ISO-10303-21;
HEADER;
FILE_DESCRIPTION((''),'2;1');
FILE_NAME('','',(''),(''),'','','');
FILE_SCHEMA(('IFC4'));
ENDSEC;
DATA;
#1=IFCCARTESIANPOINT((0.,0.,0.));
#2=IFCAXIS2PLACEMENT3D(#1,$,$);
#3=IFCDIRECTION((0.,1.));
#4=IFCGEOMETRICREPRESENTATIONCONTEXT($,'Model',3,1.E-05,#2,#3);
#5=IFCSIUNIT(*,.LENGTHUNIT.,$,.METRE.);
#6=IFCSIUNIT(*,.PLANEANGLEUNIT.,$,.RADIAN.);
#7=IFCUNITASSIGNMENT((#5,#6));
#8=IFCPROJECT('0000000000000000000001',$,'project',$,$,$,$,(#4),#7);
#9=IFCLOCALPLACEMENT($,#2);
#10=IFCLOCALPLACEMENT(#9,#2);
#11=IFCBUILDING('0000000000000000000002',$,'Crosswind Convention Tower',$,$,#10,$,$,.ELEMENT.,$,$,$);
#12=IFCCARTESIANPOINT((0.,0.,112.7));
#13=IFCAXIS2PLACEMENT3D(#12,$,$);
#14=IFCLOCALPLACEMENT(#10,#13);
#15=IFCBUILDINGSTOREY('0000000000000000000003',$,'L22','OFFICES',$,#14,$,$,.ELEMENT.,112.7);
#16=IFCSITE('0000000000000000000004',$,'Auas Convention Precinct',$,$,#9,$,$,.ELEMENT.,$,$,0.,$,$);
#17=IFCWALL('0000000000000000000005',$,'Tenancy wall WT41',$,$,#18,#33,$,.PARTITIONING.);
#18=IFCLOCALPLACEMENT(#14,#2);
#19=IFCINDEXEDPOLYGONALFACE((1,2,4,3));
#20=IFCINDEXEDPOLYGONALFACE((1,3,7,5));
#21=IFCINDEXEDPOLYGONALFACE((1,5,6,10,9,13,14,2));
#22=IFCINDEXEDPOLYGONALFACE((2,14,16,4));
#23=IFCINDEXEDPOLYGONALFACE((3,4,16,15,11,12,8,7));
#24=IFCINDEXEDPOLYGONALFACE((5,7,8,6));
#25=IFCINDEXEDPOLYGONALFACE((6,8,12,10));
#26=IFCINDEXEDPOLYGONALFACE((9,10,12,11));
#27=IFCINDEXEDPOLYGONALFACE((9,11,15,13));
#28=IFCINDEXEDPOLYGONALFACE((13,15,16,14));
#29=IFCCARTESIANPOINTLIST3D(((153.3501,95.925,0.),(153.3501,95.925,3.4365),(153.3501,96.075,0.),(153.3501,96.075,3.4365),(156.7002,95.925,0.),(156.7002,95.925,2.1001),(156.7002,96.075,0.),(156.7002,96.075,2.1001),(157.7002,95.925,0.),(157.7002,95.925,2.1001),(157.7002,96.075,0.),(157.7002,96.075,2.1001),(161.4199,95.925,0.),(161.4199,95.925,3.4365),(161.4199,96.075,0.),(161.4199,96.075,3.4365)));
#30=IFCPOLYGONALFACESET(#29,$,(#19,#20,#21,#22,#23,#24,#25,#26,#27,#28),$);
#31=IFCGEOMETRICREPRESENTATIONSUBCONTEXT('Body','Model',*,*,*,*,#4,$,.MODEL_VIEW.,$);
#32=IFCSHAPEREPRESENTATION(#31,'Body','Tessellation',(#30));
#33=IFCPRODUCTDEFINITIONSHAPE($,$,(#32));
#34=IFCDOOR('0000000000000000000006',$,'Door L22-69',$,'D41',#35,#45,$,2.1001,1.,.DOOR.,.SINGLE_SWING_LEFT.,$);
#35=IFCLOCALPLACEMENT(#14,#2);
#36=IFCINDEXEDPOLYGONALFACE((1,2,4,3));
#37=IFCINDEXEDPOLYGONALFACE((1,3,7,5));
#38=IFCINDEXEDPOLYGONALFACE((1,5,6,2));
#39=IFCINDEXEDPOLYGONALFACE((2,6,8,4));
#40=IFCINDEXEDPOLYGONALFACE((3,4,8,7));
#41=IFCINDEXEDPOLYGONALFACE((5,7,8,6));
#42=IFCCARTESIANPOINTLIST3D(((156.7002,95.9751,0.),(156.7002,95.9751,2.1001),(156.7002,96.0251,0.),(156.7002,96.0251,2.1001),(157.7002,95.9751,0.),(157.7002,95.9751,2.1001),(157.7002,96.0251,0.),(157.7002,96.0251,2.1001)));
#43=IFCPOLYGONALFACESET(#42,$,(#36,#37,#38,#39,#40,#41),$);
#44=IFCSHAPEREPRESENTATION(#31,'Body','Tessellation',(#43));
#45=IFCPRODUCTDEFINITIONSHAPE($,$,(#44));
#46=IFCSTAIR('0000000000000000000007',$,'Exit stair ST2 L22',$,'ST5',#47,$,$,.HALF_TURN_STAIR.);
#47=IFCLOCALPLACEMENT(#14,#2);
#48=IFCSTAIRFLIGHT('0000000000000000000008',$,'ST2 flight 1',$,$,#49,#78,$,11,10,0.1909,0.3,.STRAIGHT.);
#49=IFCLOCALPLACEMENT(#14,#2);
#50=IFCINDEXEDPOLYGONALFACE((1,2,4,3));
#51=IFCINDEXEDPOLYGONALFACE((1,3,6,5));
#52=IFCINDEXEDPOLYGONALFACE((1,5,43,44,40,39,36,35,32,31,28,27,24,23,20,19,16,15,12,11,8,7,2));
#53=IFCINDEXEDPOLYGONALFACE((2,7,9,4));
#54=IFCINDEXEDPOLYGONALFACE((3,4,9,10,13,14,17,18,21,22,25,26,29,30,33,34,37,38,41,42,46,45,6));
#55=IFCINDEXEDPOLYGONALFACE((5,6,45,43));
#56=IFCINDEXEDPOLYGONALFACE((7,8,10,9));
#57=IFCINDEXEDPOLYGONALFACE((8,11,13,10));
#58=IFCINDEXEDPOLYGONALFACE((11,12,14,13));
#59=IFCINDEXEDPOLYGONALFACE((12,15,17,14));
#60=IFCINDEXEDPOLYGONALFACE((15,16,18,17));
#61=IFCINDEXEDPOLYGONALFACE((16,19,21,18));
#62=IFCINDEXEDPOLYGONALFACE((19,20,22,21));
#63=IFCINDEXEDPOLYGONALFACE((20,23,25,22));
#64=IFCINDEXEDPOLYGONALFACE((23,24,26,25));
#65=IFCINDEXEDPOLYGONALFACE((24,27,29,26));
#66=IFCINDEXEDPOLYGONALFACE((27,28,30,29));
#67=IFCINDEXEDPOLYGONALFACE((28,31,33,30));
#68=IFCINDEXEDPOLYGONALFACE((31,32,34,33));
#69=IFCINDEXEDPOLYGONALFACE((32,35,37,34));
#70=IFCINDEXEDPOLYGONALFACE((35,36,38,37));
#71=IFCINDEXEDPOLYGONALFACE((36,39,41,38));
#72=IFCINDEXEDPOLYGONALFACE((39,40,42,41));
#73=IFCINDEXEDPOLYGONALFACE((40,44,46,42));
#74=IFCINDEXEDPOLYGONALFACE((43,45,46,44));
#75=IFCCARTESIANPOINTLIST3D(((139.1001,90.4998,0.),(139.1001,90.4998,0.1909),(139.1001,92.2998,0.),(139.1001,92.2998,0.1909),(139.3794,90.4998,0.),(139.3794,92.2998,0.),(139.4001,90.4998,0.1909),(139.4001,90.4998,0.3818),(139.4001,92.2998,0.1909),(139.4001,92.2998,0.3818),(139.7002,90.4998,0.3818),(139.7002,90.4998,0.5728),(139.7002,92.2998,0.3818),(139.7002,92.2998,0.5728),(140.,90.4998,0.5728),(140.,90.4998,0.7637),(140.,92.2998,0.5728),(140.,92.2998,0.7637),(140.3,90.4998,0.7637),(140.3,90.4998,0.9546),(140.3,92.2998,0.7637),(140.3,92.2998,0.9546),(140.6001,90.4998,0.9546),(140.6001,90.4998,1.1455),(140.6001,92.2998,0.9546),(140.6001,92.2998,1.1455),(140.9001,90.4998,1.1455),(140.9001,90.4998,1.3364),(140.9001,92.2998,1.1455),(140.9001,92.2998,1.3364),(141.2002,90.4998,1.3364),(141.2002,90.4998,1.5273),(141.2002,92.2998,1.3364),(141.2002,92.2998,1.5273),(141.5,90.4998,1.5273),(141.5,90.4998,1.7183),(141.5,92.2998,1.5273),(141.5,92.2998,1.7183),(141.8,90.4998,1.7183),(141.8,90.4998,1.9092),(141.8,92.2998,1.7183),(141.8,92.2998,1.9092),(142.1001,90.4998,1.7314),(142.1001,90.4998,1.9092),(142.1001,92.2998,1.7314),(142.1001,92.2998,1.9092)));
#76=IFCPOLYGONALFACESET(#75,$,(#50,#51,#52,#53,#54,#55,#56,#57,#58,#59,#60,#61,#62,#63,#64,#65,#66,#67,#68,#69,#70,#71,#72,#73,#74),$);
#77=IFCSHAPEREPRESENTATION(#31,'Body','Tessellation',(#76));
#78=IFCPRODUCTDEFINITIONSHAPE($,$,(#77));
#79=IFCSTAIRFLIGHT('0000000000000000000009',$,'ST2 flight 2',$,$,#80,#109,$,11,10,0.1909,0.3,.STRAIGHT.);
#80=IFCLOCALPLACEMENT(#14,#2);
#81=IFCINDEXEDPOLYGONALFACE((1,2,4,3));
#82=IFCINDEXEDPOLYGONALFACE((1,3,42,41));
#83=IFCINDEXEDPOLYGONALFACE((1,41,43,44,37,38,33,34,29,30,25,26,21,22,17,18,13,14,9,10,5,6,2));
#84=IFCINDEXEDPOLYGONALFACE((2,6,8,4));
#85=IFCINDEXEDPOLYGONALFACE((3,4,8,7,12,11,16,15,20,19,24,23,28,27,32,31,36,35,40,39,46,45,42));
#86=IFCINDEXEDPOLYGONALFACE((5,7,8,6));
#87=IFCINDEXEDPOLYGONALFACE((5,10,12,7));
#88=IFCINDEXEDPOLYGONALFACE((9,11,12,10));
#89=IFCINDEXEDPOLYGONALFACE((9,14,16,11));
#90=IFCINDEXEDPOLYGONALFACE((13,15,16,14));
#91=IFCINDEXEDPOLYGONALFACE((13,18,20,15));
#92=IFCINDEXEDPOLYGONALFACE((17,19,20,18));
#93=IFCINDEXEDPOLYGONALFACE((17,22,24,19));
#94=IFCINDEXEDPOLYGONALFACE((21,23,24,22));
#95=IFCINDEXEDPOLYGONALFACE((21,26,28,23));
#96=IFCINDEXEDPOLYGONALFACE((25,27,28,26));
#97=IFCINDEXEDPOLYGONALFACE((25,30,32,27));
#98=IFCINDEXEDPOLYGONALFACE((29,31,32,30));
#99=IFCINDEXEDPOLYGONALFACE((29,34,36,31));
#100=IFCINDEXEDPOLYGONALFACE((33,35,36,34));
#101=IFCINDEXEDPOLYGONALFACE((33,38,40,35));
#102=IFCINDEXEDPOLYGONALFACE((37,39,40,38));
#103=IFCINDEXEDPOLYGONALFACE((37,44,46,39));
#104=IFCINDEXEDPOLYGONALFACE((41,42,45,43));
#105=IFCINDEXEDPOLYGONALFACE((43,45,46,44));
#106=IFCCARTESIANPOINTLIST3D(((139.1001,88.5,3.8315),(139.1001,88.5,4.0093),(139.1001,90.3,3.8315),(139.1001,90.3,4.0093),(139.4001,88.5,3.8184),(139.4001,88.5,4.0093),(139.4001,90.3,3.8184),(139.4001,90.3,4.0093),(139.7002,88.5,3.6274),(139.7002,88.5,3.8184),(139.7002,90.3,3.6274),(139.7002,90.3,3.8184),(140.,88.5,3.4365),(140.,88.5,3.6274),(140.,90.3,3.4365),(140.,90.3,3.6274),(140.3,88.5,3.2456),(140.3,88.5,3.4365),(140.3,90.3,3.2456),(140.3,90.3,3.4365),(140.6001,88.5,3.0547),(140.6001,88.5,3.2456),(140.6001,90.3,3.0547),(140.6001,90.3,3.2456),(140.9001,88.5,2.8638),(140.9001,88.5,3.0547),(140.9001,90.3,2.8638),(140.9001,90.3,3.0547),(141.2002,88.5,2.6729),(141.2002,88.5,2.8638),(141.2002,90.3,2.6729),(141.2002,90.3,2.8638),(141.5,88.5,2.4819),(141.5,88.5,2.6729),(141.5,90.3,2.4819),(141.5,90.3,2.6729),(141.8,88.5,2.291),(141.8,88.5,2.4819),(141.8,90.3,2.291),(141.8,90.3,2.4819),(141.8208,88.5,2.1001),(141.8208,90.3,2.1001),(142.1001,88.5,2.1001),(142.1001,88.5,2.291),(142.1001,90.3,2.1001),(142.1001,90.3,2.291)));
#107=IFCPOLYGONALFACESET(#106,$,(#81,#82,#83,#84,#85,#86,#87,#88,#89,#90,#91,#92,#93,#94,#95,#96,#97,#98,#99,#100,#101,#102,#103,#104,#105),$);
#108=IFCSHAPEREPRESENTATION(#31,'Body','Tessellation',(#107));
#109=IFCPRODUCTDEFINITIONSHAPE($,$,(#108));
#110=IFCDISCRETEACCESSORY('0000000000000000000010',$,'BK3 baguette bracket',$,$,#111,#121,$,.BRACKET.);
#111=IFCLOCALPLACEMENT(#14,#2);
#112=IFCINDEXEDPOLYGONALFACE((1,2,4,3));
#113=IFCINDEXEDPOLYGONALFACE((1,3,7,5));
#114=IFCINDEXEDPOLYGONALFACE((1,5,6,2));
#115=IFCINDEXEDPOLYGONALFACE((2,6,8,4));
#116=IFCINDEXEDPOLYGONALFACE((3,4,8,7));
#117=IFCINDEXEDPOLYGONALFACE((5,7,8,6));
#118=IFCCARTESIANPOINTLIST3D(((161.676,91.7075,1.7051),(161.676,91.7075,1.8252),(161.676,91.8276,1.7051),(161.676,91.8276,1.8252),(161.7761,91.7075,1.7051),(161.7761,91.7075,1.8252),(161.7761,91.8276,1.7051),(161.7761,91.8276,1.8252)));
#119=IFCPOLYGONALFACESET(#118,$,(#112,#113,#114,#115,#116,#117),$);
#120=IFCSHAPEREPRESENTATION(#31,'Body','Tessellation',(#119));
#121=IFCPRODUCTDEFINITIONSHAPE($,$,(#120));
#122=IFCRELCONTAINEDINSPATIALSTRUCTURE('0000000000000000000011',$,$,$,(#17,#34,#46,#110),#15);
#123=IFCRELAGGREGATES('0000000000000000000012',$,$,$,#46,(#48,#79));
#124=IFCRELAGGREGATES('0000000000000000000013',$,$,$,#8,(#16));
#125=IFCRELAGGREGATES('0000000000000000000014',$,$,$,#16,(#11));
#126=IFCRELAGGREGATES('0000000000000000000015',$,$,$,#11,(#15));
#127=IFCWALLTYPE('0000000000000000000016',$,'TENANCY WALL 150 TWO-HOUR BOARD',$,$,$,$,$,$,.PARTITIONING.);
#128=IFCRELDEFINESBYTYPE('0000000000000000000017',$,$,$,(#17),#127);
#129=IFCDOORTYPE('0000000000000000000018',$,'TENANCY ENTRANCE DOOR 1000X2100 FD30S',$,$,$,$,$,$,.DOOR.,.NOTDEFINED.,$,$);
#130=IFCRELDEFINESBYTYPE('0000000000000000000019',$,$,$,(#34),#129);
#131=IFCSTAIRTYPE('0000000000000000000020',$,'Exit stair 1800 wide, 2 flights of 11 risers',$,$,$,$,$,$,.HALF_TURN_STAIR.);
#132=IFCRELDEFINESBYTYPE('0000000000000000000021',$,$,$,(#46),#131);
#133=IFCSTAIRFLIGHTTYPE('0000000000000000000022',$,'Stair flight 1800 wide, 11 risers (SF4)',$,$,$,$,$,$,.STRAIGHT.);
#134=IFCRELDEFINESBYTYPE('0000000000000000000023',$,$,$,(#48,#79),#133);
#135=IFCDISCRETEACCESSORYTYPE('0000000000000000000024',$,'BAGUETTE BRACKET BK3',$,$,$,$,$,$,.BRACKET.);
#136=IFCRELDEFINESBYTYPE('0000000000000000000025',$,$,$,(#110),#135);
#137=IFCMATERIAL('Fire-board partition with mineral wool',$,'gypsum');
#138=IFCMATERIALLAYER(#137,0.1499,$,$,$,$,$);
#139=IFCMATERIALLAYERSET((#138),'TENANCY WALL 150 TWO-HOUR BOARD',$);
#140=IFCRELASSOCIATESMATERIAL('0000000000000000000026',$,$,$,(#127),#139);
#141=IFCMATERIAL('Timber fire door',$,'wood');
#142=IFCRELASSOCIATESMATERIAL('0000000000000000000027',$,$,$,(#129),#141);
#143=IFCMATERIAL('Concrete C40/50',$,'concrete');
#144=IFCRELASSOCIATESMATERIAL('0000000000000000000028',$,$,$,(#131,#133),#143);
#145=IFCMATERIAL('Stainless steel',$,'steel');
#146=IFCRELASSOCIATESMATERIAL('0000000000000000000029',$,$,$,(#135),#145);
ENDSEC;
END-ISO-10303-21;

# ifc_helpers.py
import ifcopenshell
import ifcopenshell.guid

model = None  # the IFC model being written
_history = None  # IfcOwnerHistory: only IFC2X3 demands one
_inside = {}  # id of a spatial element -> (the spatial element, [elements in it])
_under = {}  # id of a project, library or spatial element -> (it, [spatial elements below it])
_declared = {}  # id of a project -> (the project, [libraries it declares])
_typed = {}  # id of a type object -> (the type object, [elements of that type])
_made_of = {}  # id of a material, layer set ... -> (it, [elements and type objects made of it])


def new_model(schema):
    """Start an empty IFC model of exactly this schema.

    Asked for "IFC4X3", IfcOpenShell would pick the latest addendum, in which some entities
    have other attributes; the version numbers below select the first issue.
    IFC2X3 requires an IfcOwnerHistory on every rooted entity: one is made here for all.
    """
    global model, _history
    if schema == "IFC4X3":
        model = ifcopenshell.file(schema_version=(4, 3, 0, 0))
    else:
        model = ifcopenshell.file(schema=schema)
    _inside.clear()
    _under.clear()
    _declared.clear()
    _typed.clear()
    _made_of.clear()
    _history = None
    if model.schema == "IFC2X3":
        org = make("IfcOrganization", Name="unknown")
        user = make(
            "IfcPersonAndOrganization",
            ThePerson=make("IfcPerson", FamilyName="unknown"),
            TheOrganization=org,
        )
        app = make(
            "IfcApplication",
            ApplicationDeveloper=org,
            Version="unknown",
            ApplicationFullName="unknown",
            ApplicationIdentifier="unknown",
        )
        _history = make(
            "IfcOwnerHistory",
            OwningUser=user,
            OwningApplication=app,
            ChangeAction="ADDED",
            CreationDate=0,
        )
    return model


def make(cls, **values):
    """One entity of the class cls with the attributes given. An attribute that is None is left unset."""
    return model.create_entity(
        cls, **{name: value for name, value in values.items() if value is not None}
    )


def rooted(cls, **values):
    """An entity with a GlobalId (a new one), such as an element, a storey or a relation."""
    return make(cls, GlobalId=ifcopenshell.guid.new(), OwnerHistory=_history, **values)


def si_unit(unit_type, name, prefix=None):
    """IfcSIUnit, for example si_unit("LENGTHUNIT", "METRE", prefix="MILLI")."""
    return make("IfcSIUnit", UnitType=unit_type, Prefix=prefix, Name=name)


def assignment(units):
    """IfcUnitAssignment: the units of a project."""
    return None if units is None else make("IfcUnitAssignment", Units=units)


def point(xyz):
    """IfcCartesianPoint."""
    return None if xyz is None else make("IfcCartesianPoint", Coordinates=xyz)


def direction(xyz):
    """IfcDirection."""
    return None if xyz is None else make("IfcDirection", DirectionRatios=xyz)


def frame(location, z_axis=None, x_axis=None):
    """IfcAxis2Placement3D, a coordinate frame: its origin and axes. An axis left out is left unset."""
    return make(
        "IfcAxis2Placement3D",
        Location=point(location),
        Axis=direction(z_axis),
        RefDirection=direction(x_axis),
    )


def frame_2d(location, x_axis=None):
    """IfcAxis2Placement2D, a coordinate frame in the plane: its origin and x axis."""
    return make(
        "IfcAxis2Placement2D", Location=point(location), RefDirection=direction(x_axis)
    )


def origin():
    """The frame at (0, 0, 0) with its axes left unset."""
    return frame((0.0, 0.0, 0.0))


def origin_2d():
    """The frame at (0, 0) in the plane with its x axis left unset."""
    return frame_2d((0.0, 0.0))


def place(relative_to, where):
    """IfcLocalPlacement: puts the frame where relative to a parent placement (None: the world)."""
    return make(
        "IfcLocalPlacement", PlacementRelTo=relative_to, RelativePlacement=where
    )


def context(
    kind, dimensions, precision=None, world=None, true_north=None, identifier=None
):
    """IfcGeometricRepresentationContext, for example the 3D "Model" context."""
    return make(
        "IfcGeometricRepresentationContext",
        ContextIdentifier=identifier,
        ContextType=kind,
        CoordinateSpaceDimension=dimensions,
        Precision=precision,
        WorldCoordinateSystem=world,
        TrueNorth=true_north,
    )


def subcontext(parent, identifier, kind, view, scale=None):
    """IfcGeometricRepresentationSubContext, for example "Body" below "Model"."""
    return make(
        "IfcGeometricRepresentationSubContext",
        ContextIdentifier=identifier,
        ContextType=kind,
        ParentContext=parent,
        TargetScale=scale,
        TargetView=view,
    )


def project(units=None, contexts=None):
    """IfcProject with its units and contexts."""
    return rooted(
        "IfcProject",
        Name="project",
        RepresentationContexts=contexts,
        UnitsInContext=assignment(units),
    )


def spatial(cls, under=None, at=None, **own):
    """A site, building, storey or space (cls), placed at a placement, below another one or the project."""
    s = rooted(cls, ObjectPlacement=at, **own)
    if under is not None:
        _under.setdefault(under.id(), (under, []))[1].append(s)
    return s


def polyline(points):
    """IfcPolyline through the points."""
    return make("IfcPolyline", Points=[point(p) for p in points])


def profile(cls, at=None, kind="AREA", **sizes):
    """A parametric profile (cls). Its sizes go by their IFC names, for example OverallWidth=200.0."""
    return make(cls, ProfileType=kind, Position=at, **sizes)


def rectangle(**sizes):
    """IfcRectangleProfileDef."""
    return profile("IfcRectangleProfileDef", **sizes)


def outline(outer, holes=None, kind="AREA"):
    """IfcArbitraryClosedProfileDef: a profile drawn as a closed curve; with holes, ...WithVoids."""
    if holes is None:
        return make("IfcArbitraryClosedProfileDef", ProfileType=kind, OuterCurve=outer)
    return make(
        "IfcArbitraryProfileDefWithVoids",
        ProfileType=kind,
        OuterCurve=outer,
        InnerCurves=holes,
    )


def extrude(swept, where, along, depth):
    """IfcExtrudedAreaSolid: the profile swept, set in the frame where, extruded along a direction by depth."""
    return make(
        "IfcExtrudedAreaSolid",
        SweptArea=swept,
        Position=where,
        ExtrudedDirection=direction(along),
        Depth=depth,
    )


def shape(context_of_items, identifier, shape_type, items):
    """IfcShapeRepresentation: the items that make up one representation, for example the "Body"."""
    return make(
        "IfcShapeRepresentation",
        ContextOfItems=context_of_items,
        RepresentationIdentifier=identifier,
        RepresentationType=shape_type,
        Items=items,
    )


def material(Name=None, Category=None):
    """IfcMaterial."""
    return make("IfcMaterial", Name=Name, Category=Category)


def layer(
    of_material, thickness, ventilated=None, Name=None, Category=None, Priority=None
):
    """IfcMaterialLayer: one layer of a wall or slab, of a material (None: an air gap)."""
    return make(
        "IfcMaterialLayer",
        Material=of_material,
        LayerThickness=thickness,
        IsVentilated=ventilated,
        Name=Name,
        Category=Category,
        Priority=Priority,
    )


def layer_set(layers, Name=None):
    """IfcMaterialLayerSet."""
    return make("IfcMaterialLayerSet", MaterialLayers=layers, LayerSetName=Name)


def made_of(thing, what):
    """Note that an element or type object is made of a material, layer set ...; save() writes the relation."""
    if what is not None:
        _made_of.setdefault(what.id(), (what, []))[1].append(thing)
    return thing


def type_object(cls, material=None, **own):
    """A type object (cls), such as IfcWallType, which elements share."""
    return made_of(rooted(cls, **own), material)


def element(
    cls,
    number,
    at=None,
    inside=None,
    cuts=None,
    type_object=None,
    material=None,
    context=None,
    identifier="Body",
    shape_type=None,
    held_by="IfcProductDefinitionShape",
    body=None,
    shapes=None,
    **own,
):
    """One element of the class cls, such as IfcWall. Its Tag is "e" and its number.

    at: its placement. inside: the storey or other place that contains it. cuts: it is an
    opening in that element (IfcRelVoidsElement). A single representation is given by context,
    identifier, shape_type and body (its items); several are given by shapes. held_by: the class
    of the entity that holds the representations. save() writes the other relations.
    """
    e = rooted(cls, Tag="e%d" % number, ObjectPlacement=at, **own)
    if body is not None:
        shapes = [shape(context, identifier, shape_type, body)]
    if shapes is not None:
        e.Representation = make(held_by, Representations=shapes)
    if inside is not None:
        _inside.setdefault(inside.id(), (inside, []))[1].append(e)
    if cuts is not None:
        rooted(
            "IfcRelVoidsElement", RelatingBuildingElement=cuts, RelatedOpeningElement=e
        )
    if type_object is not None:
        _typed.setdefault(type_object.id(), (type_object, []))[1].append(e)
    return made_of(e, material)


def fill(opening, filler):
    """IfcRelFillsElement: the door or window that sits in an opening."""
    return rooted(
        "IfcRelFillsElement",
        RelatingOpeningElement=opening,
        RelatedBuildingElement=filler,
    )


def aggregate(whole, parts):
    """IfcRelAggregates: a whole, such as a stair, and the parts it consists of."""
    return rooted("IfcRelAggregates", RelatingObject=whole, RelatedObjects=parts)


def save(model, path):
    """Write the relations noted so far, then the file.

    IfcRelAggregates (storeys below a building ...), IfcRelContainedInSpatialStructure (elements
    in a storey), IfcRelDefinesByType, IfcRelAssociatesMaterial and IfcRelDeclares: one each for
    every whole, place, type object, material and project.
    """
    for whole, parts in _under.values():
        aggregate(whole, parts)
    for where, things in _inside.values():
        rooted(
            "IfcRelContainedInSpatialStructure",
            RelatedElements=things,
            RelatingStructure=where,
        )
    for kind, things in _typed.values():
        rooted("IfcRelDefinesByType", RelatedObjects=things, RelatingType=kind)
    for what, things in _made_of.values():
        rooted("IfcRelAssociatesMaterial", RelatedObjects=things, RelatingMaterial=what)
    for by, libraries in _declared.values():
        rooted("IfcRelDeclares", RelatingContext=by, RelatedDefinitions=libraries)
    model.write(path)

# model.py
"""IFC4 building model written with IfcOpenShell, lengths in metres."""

from ifc_helpers import new_model, si_unit, direction, frame, frame_2d, origin, origin_2d, place, context, subcontext, project, spatial, polyline, rectangle, outline, extrude, material, layer, layer_set, type_object, element, fill, aggregate, save


model = new_model("IFC4")

# Units and contexts
model_context = context("Model", 3, precision=1e-05, world=origin(), true_north=direction((0.0, 1.0)))
body_context = subcontext(model_context, "Body", "Model", "MODEL_VIEW")
ifc_project = project(units=[si_unit("LENGTHUNIT", "METRE"), si_unit("PLANEANGLEUNIT", "RADIAN")], contexts=[model_context])

# Site, building, storey
site_placement = place(None, origin())
site = spatial("IfcSite", under=ifc_project, at=site_placement, Name="Auas Convention Precinct", CompositionType="ELEMENT", RefElevation=0.0)
building_placement = place(site_placement, origin())
building = spatial("IfcBuilding", under=site, at=building_placement, Name="Crosswind Convention Tower", CompositionType="ELEMENT")
storey_placement = place(building_placement, frame((0.0, 0.0, 112.7)))
storey = spatial("IfcBuildingStorey", under=building, at=storey_placement, Name="L22", Description="OFFICES", CompositionType="ELEMENT", Elevation=112.7)

# Wall, opening, door
ifc_material_1 = material(Name="Fire-board partition with mineral wool", Category="gypsum")
ifc_layer_1 = layer(ifc_material_1, 0.1499)
ifc_layer_set_1 = layer_set([ifc_layer_1], Name="TENANCY WALL 150 TWO-HOUR BOARD")
wall_type_1 = type_object("IfcWallType", Name="TENANCY WALL 150 TWO-HOUR BOARD", PredefinedType="PARTITIONING", material=ifc_layer_set_1)
wall_1_placement = place(storey_placement, frame((153.3501, 96.0, 0.0), z_axis=(0.0, 0.0, 1.0), x_axis=(1.0, 0.0, 0.0)))
wall_1 = element("IfcWall", 1, at=wall_1_placement, inside=storey, type_object=wall_type_1, Name="Tenancy wall WT41", PredefinedType="PARTITIONING", context=body_context, shape_type="SweptSolid", body=[
    extrude(rectangle(XDim=8.0698, YDim=0.1499, at=frame_2d((4.0349, 0.0))), origin(), (0.0, 0.0, 1.0), 3.4365),
])
opening_1_placement = place(wall_1_placement, frame((3.3501, 0.0, 0.0)))
opening_1 = element("IfcOpeningElement", 2, at=opening_1_placement, cuts=wall_1, PredefinedType="OPENING", context=body_context, shape_type="SweptSolid", body=[
    extrude(rectangle(XDim=1.0, YDim=2.1001, at=frame_2d((0.5, 1.05))), frame((0.0, 0.085, 0.0), z_axis=(0.0, -1.0, 0.0), x_axis=(1.0, 0.0, 0.0)), (0.0, 0.0, 1.0), 0.1699),
])
ifc_material_2 = material(Name="Timber fire door", Category="wood")
door_type_1 = type_object("IfcDoorType", Name="TENANCY ENTRANCE DOOR 1000X2100 FD30S", OperationType="NOTDEFINED", PredefinedType="DOOR", material=ifc_material_2)
door_1_placement = place(opening_1_placement, frame((1.0, 0.0, 0.0), z_axis=(0.0, 0.0, 1.0), x_axis=(-1.0, 0.0, 0.0)))
door_1 = element("IfcDoor", 3, at=door_1_placement, inside=storey, type_object=door_type_1, Name="Door L22-69", ObjectType="D41", OperationType="SINGLE_SWING_LEFT", OverallHeight=2.1001, OverallWidth=1.0, PredefinedType="DOOR", context=body_context, shape_type="SweptSolid", body=[
    extrude(rectangle(XDim=1.0, YDim=2.1001, at=frame_2d((0.5, 1.05))), frame((0.0, 0.0249, 0.0), z_axis=(0.0, -1.0, 0.0), x_axis=(1.0, 0.0, 0.0)), (0.0, 0.0, 1.0), 0.05),
])
fill(opening_1, door_1)

# Stair, stair flights
ifc_material_3 = material(Name="Concrete C40/50", Category="concrete")
stair_type = type_object("IfcStairType", Name="Exit stair 1800 wide, 2 flights of 11 risers", PredefinedType="HALF_TURN_STAIR", material=ifc_material_3)
stair_placement = place(storey_placement, origin())
stair = element("IfcStair", 4, at=stair_placement, inside=storey, type_object=stair_type, Name="Exit stair ST2 L22", ObjectType="ST5", PredefinedType="HALF_TURN_STAIR")
stair_flight_type = type_object("IfcStairFlightType", Name="Stair flight 1800 wide, 11 risers (SF4)", PredefinedType="STRAIGHT", material=ifc_material_3)
stair_flight_1_placement = place(storey_placement, frame((139.1001, 91.3999, 0.0), z_axis=(0.0, 0.0, 1.0), x_axis=(1.0, 0.0, 0.0)))
stair_flight_1 = element("IfcStairFlight", 5, at=stair_flight_1_placement, type_object=stair_flight_type, Name="ST2 flight 1", NumberOfRisers=11, NumberOfTreads=10, PredefinedType="STRAIGHT", RiserHeight=0.1909, TreadLength=0.3, context=body_context, shape_type="SweptSolid", body=[
    extrude(outline(polyline([(0.0, 0.0), (0.0, 0.1909), (0.3, 0.1909), (0.3, 0.3818), (0.6001, 0.3818), (0.6001, 0.5728), (0.8999, 0.5728), (0.8999, 0.7637), (1.2, 0.7637), (1.2, 0.9546), (1.5, 0.9546), (1.5, 1.1455), (1.8, 1.1455), (1.8, 1.3364), (2.1001, 1.3364), (2.1001, 1.5273), (2.3999, 1.5273), (2.3999, 1.7183), (2.7, 1.7183), (2.7, 1.9092), (3.0, 1.9092), (3.0, 2.1001), (3.0, 1.7314), (0.2793, 0.0), (0.0, 0.0)])), frame((0.0, 0.8999, 0.0), z_axis=(0.0, -1.0, 0.0), x_axis=(1.0, 0.0, 0.0)), (0.0, 0.0, 1.0), 1.8),
])
stair_flight_2_placement = place(storey_placement, frame((142.1001, 89.3999, 2.1001), z_axis=(0.0, 0.0, 1.0), x_axis=(-1.0, 0.0, 0.0)))
stair_flight_2 = element("IfcStairFlight", 6, at=stair_flight_2_placement, type_object=stair_flight_type, Name="ST2 flight 2", NumberOfRisers=11, NumberOfTreads=10, PredefinedType="STRAIGHT", RiserHeight=0.1909, TreadLength=0.3, context=body_context, shape_type="SweptSolid", body=[
    extrude(outline(polyline([(0.0, 0.0), (0.0, 0.1909), (0.3, 0.1909), (0.3, 0.3818), (0.6001, 0.3818), (0.6001, 0.5728), (0.8999, 0.5728), (0.8999, 0.7637), (1.2, 0.7637), (1.2, 0.9546), (1.5, 0.9546), (1.5, 1.1455), (1.8, 1.1455), (1.8, 1.3364), (2.1001, 1.3364), (2.1001, 1.5273), (2.3999, 1.5273), (2.3999, 1.7183), (2.7, 1.7183), (2.7, 1.9092), (3.0, 1.9092), (3.0, 2.1001), (3.0, 1.7314), (0.2793, 0.0), (0.0, 0.0)])), frame((0.0, 0.8999, 0.0), z_axis=(0.0, -1.0, 0.0), x_axis=(1.0, 0.0, 0.0)), (0.0, 0.0, 1.0), 1.8),
])
aggregate(stair, [stair_flight_1, stair_flight_2])

# Shared definitions
ifc_material_4 = material(Name="Stainless steel", Category="steel")

# Discrete accessory
discrete_accessory_type = type_object("IfcDiscreteAccessoryType", Name="BAGUETTE BRACKET BK3", PredefinedType="BRACKET", material=ifc_material_4)
discrete_accessory_placement = place(storey_placement, frame((161.7261, 91.7676, 1.7051), z_axis=(0.0, 0.0, 1.0), x_axis=(0.0, 1.0, 0.0)))
element("IfcDiscreteAccessory", 7, at=discrete_accessory_placement, inside=storey, type_object=discrete_accessory_type, Name="BK3 baguette bracket", PredefinedType="BRACKET", context=body_context, shape_type="SweptSolid", body=[
    extrude(rectangle(XDim=0.1201, YDim=0.1001, at=origin_2d()), origin(), (0.0, 0.0, 1.0), 0.1201),
])

save(model, "model.ifc")
